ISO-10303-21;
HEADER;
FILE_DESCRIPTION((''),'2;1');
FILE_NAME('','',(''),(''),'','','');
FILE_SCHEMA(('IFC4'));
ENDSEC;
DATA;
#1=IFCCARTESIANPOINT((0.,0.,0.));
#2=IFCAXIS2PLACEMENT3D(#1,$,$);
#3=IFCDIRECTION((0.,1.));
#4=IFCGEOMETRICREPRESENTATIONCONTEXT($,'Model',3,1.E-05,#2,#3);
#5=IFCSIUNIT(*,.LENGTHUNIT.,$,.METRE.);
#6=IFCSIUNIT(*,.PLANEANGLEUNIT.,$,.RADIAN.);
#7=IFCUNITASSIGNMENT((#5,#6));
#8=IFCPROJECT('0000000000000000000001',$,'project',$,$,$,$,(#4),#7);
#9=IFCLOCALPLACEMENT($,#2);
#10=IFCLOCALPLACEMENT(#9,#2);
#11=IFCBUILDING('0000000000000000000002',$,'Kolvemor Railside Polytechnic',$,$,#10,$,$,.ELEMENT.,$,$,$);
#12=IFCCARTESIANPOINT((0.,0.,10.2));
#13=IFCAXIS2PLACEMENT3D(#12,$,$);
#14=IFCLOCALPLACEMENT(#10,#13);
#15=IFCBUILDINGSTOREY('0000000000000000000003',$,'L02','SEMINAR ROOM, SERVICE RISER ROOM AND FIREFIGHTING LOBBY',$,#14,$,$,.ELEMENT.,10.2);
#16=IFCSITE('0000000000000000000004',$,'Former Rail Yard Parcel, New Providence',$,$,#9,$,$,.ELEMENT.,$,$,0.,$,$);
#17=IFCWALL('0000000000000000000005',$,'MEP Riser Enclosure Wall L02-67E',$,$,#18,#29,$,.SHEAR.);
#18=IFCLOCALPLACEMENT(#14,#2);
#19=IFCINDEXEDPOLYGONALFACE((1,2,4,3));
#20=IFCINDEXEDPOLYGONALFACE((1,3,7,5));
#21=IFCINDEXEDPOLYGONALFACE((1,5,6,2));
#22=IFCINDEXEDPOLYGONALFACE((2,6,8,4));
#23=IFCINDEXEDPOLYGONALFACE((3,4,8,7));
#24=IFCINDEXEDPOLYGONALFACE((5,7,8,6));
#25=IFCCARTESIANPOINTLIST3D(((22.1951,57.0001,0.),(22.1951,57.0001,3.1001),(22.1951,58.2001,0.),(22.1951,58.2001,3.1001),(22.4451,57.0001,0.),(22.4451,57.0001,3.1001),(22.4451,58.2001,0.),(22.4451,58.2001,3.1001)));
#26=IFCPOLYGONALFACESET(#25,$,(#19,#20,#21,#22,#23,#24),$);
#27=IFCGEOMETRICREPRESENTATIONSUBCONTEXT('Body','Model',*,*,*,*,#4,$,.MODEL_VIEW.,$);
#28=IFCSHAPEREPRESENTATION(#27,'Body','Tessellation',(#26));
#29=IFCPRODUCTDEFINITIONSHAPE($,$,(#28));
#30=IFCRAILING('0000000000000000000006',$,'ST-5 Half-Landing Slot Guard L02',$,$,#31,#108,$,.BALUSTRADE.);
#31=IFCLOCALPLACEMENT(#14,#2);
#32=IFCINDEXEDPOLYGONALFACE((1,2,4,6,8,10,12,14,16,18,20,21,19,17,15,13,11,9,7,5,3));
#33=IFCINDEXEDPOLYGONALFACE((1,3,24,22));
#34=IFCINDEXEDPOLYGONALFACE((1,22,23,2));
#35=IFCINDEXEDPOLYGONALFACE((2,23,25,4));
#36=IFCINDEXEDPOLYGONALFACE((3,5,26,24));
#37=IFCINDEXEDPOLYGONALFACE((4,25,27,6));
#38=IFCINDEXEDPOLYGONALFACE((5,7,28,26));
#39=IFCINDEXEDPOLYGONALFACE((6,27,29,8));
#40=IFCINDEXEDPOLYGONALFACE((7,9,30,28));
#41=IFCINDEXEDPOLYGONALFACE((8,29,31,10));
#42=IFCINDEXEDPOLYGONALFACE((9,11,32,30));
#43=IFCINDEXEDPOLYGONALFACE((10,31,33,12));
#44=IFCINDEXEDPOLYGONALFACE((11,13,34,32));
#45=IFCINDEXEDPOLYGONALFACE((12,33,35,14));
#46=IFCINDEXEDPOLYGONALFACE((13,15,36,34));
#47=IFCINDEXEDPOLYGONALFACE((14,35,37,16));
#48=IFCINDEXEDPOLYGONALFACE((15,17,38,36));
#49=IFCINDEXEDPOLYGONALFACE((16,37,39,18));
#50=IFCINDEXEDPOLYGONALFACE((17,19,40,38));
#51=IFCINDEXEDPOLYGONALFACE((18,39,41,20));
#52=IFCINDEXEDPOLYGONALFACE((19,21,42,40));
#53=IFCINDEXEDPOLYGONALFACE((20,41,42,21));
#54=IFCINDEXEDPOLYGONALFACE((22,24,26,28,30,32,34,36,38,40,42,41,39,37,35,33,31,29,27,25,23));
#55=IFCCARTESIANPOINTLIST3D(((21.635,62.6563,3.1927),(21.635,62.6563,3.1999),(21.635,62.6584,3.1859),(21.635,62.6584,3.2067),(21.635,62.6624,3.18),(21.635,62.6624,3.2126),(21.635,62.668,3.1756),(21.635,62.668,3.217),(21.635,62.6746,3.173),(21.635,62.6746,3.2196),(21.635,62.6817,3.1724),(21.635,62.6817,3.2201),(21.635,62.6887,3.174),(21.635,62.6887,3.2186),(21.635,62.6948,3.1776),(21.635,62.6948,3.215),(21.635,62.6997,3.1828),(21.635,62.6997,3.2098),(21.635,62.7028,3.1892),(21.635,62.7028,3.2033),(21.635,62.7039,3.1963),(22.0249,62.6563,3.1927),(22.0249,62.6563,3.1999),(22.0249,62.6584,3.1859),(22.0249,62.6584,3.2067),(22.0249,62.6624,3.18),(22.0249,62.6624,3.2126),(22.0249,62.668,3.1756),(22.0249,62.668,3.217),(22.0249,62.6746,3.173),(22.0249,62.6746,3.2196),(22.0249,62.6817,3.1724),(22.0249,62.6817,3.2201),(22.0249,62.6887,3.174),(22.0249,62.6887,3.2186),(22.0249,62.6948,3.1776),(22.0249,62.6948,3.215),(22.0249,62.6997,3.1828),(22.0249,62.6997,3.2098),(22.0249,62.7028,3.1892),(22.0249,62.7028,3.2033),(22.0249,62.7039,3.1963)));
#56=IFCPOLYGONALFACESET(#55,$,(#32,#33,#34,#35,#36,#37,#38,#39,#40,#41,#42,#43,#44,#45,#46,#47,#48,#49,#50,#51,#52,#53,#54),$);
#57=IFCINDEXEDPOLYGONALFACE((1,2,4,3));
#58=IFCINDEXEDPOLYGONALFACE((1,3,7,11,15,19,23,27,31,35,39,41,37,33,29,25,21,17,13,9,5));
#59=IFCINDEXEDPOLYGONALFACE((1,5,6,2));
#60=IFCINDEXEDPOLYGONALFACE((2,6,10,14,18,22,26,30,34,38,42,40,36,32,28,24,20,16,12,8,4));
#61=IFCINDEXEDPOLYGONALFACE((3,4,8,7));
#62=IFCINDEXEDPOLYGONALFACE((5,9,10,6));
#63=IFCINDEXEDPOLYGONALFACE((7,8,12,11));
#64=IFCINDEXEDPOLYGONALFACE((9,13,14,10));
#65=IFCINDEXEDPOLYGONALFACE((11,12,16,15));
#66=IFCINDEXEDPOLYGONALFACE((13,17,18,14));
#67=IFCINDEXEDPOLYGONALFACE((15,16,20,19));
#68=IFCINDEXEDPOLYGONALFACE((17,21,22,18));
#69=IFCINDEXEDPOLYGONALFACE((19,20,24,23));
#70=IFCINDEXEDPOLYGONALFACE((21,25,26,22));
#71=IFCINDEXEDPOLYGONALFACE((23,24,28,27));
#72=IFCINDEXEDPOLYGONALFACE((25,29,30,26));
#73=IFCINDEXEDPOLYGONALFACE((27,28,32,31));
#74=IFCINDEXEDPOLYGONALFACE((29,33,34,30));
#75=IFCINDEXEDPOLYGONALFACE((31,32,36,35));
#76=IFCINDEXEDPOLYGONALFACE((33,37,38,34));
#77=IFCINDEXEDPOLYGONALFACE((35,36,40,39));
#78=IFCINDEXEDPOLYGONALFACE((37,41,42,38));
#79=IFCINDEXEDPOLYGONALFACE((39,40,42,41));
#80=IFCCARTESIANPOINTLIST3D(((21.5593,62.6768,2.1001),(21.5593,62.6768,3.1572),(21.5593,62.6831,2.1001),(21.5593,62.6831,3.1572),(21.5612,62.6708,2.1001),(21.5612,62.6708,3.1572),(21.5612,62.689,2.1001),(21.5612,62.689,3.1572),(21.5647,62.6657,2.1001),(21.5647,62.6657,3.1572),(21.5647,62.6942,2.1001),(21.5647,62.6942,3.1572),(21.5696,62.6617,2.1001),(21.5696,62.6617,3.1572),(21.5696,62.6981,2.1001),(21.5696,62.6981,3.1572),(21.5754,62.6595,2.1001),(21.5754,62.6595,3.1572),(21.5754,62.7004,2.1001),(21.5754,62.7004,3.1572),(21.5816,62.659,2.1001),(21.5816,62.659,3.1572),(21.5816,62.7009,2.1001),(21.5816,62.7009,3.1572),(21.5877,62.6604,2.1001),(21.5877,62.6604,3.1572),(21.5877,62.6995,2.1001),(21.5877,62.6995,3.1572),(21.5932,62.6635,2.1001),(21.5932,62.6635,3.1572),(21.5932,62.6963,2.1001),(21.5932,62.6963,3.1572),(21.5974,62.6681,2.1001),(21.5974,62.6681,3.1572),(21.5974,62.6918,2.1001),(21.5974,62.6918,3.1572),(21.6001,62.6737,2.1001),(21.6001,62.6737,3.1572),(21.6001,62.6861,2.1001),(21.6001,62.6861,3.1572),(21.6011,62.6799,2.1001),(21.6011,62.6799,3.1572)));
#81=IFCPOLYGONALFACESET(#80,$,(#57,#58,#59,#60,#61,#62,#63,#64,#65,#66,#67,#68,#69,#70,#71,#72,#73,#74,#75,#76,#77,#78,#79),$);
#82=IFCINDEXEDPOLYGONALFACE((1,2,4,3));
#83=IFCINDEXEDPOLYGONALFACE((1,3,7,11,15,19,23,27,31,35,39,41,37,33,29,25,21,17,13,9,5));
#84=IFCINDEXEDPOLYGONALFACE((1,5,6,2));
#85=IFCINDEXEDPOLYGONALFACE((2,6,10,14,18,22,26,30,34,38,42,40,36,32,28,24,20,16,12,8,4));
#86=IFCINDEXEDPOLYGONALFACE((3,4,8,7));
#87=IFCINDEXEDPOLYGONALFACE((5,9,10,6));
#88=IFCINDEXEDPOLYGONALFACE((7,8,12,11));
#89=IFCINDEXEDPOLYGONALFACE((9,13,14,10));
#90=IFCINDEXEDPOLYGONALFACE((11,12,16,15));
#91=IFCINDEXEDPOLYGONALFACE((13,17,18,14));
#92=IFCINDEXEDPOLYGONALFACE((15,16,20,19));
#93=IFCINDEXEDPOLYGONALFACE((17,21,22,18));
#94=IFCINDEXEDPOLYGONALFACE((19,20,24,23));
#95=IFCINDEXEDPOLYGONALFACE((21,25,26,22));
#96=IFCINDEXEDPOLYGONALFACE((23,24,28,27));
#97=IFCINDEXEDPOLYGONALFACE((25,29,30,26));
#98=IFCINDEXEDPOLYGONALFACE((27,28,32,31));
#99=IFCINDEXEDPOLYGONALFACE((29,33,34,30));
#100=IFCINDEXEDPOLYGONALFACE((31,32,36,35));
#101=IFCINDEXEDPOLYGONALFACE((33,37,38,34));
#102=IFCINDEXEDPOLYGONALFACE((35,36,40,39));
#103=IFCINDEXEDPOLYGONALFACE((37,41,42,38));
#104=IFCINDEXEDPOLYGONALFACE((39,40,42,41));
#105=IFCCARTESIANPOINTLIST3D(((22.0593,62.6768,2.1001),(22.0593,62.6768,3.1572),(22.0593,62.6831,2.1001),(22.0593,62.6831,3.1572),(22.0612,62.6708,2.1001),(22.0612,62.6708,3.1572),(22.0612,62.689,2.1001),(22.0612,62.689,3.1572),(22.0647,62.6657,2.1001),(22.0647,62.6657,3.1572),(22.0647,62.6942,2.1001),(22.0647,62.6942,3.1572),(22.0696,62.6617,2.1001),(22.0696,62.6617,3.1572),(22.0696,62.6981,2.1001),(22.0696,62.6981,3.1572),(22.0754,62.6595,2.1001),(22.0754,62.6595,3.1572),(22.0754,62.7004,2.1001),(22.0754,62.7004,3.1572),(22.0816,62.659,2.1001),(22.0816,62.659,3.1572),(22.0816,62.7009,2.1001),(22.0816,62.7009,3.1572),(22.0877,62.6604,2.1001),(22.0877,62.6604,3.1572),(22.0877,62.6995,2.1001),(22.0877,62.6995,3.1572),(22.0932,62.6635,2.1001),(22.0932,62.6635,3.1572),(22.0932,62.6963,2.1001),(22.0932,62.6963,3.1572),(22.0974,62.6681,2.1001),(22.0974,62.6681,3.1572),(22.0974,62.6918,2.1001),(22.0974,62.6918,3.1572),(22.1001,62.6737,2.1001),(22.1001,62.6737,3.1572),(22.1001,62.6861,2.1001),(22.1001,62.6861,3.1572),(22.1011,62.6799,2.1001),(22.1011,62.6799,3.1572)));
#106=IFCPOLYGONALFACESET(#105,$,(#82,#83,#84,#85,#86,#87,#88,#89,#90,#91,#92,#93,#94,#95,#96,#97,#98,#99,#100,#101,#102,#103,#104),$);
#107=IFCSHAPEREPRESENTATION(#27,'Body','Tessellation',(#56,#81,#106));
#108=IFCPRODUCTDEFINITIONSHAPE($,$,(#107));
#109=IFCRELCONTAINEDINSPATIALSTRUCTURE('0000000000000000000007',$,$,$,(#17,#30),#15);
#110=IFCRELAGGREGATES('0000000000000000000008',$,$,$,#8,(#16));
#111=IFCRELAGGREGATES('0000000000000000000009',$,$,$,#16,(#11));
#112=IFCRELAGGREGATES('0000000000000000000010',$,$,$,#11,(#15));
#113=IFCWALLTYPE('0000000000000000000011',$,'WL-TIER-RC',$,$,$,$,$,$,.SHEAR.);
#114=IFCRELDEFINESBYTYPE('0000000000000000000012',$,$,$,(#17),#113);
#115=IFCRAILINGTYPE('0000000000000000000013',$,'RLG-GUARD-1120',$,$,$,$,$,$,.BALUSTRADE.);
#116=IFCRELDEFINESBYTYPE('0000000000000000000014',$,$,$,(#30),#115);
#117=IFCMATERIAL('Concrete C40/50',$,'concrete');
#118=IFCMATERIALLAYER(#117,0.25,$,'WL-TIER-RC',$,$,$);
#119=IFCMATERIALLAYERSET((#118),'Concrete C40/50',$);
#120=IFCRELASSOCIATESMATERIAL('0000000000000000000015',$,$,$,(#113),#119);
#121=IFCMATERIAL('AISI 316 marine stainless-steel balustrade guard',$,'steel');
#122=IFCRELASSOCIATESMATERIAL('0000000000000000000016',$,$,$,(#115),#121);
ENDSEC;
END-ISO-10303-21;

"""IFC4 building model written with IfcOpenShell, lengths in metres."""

from ifc_helpers import new_model, si_unit, direction, frame, frame_2d, origin, origin_2d, place, context, subcontext, project, spatial, rectangle, circle, extrude, material, layer, layer_set, type_object, element, save


model = new_model("IFC4")

# Units and contexts
model_context = context("Model", 3, precision=1e-05, world=origin(), true_north=direction((0.0, 1.0)))
body_context = subcontext(model_context, "Body", "Model", "MODEL_VIEW")
ifc_project = project(units=[si_unit("LENGTHUNIT", "METRE"), si_unit("PLANEANGLEUNIT", "RADIAN")], contexts=[model_context])

# Site, building, storey
site_placement = place(None, origin())
site = spatial("IfcSite", under=ifc_project, at=site_placement, Name="Former Rail Yard Parcel, New Providence", CompositionType="ELEMENT", RefElevation=0.0)
building_placement = place(site_placement, origin())
building = spatial("IfcBuilding", under=site, at=building_placement, Name="Kolvemor Railside Polytechnic", CompositionType="ELEMENT")
storey_placement = place(building_placement, frame((0.0, 0.0, 10.2)))
storey = spatial("IfcBuildingStorey", under=building, at=storey_placement, Name="L02", Description="SEMINAR ROOM, SERVICE RISER ROOM AND FIREFIGHTING LOBBY", CompositionType="ELEMENT", Elevation=10.2)

# Wall
ifc_material_1 = material(Name="Concrete C40/50", Category="concrete")
ifc_layer_1 = layer(ifc_material_1, 0.25, Name="WL-TIER-RC")
ifc_layer_set_1 = layer_set([ifc_layer_1], Name="Concrete C40/50")
wall_type_1 = type_object("IfcWallType", Name="WL-TIER-RC", PredefinedType="SHEAR", material=ifc_layer_set_1)
for number, where, z_axis, x_axis, name in (
    (1, (22.3201, 57.0, 0.0), (0.0, 0.0, 1.0), (0.0, 1.0, 0.0), "MEP Riser Enclosure Wall L02-67E"),
):
    element("IfcWall", number, at=place(storey_placement, frame(where, z_axis=z_axis, x_axis=x_axis)), inside=storey, type_object=wall_type_1, Name=name, PredefinedType="SHEAR", context=body_context, shape_type="SweptSolid", body=[
        extrude(rectangle(XDim=1.2, YDim=0.25, at=frame_2d((0.6001, 0.0))), origin(), (0.0, 0.0, 1.0), 3.1001),
    ])

# Railing
ifc_material_2 = material(Name="AISI 316 marine stainless-steel balustrade guard", Category="steel")
railing_type_1 = type_object("IfcRailingType", Name="RLG-GUARD-1120", PredefinedType="BALUSTRADE", material=ifc_material_2)
railing_1_placement = place(storey_placement, frame((21.5801, 62.6799, 2.1001)))
element("IfcRailing", 2, at=railing_1_placement, inside=storey, type_object=railing_type_1, Name="ST-5 Half-Landing Slot Guard L02", PredefinedType="BALUSTRADE", context=body_context, shape_type="SweptSolid", body=[
    extrude(circle(Radius=0.0239, at=origin_2d()), frame((0.0549, 0.0, 1.0962), z_axis=(1.0, 0.0, 0.0), x_axis=(0.0, 1.0, 0.0)), (0.0, 0.0, 1.0), 0.3899),
    extrude(circle(Radius=0.021, at=origin_2d()), origin(), (0.0, 0.0, 1.0), 1.0571),
    extrude(circle(Radius=0.021, at=origin_2d()), frame((0.5, 0.0, 0.0)), (0.0, 0.0, 1.0), 1.0571),
])

save(model, "model.ifc")
